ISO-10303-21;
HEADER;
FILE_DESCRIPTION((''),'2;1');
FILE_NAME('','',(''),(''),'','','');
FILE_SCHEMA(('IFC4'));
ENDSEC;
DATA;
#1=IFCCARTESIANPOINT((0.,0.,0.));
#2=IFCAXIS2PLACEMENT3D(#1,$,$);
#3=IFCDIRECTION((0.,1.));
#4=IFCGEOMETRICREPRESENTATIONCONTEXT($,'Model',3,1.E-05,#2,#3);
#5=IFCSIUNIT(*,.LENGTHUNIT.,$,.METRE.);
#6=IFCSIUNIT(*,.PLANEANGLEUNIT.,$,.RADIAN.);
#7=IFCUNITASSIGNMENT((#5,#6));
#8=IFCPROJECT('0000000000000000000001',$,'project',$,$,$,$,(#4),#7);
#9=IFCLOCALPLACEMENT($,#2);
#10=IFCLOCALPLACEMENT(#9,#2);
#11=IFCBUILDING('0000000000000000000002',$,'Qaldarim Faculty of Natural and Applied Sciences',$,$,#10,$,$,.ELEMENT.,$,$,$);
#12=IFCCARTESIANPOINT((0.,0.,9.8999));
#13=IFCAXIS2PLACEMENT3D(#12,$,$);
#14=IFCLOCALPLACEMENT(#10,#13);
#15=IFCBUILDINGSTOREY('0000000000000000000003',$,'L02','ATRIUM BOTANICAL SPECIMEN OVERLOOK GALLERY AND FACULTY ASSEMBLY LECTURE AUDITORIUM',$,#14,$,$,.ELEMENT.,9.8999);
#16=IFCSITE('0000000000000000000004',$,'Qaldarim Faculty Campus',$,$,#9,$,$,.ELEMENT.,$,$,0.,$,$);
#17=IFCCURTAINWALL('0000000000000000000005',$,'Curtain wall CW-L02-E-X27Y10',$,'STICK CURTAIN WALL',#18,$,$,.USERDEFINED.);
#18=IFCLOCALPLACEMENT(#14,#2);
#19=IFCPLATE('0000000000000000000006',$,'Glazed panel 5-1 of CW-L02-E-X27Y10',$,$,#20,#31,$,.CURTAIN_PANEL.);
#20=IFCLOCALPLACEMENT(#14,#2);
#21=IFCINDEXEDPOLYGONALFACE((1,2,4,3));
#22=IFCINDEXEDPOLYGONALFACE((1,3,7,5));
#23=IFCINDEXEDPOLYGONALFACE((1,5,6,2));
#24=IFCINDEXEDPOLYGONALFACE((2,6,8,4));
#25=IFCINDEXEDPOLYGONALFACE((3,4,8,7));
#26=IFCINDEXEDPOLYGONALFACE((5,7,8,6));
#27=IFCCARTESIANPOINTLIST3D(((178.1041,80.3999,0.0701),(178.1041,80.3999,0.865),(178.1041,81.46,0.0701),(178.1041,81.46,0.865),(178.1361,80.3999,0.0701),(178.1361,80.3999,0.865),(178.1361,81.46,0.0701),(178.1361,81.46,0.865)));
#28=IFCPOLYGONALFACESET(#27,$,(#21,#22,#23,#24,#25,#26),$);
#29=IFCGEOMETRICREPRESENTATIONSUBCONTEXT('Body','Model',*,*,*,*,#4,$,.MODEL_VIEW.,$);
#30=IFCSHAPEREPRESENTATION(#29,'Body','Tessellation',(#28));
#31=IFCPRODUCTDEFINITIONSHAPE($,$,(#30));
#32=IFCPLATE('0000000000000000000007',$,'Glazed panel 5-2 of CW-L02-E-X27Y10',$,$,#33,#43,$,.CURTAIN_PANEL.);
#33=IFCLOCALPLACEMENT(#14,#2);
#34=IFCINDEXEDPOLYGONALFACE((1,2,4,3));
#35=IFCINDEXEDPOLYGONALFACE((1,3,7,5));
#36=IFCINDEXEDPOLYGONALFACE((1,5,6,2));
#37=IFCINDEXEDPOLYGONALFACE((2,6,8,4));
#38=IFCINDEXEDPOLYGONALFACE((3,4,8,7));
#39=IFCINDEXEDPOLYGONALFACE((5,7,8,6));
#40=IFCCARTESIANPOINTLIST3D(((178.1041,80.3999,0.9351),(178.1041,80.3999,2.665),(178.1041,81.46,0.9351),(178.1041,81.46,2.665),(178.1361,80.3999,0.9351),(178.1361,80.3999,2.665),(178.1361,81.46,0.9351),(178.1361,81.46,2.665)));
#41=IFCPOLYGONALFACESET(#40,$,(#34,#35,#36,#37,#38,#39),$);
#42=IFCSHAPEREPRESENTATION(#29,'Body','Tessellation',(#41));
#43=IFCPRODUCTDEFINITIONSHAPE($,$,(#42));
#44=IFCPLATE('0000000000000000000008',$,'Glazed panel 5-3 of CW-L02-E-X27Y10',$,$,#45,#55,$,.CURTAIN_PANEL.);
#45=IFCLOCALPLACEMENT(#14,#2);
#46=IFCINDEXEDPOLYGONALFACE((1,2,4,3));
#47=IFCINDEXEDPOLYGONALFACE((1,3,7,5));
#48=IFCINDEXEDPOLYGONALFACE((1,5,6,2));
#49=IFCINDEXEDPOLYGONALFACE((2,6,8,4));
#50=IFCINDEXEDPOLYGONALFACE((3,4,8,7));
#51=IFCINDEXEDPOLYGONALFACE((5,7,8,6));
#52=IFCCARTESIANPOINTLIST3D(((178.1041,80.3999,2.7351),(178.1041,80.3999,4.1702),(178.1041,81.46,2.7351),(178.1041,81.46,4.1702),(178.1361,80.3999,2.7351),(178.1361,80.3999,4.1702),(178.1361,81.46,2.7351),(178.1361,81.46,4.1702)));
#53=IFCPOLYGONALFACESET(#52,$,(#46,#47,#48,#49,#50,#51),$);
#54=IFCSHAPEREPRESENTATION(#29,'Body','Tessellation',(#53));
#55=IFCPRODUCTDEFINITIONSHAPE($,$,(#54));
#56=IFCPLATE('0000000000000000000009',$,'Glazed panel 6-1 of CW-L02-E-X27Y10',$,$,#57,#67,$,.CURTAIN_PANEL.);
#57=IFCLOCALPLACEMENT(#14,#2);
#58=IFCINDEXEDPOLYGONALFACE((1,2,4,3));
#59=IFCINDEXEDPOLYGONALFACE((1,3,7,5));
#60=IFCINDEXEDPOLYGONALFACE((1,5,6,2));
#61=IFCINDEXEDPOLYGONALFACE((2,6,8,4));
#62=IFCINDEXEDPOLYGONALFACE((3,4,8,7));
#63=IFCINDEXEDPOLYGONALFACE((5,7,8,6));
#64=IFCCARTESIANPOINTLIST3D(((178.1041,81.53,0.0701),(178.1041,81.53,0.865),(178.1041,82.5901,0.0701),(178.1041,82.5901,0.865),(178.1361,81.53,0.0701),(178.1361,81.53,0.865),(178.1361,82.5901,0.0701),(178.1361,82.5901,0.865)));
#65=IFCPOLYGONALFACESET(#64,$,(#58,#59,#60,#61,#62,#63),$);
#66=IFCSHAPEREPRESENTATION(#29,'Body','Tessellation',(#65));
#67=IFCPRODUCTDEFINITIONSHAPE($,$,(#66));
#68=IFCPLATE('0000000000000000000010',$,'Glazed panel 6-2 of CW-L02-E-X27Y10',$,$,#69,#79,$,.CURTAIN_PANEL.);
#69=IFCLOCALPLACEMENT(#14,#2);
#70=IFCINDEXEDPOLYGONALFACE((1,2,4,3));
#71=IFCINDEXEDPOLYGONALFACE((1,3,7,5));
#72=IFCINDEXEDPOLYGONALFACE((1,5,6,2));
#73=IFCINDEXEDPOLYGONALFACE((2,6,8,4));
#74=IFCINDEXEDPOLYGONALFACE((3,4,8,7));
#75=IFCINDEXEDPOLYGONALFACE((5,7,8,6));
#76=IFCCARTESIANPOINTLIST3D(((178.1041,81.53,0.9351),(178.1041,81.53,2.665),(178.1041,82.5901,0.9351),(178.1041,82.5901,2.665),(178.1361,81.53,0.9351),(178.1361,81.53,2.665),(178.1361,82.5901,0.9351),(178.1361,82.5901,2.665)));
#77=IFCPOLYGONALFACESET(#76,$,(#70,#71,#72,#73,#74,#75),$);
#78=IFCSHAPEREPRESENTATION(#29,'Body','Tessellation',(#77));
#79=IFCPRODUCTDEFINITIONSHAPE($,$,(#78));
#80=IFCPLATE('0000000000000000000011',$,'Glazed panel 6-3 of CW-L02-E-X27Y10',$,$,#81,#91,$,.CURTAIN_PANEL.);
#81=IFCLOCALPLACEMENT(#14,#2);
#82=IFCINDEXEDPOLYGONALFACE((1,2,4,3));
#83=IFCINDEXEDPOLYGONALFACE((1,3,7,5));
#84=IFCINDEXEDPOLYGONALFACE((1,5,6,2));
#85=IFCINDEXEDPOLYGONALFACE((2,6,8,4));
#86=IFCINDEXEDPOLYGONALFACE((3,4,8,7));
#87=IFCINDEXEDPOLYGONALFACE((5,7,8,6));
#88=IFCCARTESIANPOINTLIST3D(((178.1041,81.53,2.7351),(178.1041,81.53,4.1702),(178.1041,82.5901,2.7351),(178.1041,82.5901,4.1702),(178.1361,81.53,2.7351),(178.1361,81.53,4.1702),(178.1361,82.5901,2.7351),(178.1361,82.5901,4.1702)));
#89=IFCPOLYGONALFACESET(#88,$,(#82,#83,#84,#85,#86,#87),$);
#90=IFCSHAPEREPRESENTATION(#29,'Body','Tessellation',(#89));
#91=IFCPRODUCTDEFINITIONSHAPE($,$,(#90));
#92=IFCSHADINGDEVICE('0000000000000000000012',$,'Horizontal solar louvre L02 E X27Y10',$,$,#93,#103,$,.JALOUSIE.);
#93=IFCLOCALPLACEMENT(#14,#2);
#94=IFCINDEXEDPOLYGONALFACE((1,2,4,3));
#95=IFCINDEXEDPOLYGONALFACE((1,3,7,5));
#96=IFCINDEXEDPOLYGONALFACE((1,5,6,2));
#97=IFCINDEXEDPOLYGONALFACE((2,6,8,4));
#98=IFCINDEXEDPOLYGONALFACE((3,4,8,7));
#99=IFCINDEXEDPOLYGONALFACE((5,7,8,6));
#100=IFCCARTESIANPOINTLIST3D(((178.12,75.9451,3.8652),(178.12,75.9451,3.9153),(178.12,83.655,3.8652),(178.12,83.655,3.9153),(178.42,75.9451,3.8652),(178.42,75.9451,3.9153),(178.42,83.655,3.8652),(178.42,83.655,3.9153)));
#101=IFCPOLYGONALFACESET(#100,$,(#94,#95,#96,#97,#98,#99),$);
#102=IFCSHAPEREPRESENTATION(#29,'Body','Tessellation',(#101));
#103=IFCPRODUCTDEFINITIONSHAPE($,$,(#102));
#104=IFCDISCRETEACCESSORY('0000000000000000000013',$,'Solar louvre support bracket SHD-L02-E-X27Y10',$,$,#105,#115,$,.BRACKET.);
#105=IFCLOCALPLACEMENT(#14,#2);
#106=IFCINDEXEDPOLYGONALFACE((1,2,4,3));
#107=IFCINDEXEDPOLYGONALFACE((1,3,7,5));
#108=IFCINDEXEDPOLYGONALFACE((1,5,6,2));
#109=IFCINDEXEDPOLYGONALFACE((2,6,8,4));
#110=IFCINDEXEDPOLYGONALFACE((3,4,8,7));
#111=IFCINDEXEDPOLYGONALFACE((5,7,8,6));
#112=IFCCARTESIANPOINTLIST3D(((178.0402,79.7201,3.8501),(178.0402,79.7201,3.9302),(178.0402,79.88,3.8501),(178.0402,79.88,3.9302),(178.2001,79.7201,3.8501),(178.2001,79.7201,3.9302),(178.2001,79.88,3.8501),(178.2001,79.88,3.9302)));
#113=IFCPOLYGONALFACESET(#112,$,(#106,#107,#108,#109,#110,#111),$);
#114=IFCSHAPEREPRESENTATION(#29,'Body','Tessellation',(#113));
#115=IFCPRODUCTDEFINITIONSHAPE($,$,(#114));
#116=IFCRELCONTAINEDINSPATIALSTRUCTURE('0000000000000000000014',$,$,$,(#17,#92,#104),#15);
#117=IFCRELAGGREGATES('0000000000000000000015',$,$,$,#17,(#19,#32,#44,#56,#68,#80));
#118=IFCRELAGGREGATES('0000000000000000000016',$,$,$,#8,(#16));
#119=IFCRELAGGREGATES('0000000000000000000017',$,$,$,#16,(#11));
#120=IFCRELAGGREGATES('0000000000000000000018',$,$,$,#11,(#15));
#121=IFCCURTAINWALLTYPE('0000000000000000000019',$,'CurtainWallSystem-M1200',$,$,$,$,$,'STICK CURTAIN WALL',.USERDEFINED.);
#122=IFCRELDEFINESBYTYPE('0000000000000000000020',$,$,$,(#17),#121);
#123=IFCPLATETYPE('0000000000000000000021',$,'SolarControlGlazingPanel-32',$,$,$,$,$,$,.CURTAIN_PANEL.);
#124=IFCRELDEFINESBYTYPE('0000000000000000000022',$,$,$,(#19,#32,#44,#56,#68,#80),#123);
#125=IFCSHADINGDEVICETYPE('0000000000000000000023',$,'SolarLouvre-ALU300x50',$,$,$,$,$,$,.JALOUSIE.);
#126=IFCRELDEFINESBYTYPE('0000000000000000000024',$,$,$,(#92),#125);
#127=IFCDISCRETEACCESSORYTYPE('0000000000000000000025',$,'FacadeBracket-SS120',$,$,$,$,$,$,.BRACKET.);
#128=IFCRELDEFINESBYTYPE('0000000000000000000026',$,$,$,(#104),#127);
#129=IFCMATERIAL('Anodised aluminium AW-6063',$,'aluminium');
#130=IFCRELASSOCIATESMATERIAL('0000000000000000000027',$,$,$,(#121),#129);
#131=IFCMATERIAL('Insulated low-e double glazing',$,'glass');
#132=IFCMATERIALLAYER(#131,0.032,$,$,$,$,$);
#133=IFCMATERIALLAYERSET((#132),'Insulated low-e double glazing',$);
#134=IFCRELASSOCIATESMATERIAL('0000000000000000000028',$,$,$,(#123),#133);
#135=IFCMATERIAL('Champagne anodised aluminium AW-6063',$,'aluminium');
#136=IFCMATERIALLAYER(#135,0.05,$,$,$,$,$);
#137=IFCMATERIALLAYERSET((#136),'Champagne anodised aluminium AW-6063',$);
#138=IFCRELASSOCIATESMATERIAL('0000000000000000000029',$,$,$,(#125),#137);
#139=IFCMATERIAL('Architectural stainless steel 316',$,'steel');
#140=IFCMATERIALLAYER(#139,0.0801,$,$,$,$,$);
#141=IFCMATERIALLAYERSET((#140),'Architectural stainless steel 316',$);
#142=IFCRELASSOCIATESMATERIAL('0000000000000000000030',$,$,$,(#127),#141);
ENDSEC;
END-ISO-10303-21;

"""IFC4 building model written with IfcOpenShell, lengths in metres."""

from ifc_helpers import new_model, si_unit, direction, frame, origin, origin_2d, place, context, subcontext, project, spatial, rectangle, extrude, material, layer, layer_set, type_object, element, aggregate, save


model = new_model("IFC4")

# Units and contexts
model_context = context("Model", 3, precision=1e-05, world=origin(), true_north=direction((0.0, 1.0)))
body_context = subcontext(model_context, "Body", "Model", "MODEL_VIEW")
ifc_project = project(units=[si_unit("LENGTHUNIT", "METRE"), si_unit("PLANEANGLEUNIT", "RADIAN")], contexts=[model_context])

# Site, building, storey
site_placement = place(None, origin())
site = spatial("IfcSite", under=ifc_project, at=site_placement, Name="Qaldarim Faculty Campus", CompositionType="ELEMENT", RefElevation=0.0)
building_placement = place(site_placement, origin())
building = spatial("IfcBuilding", under=site, at=building_placement, Name="Qaldarim Faculty of Natural and Applied Sciences", CompositionType="ELEMENT")
storey_placement = place(building_placement, frame((0.0, 0.0, 9.8999)))
storey = spatial("IfcBuildingStorey", under=building, at=storey_placement, Name="L02", Description="ATRIUM BOTANICAL SPECIMEN OVERLOOK GALLERY AND FACULTY ASSEMBLY LECTURE AUDITORIUM", CompositionType="ELEMENT", Elevation=9.8999)

# Curtain wall, plates
ifc_material_1 = material(Name="Anodised aluminium AW-6063", Category="aluminium")
curtain_wall_type = type_object("IfcCurtainWallType", Name="CurtainWallSystem-M1200", ElementType="STICK CURTAIN WALL", PredefinedType="USERDEFINED", material=ifc_material_1)
curtain_wall_placement = place(storey_placement, origin())
curtain_wall = element("IfcCurtainWall", 1, at=curtain_wall_placement, inside=storey, type_object=curtain_wall_type, Name="Curtain wall CW-L02-E-X27Y10", ObjectType="STICK CURTAIN WALL", PredefinedType="USERDEFINED")
ifc_material_2 = material(Name="Insulated low-e double glazing", Category="glass")
ifc_layer_1 = layer(ifc_material_2, 0.032)
ifc_layer_set_1 = layer_set([ifc_layer_1], Name="Insulated low-e double glazing")
plate_type = type_object("IfcPlateType", Name="SolarControlGlazingPanel-32", PredefinedType="CURTAIN_PANEL", material=ifc_layer_set_1)
plate_1_placement = place(storey_placement, frame((178.1201, 80.9299, 0.0701), z_axis=(0.0, 0.0, 1.0), x_axis=(0.0, 1.0, 0.0)))
plate_1 = element("IfcPlate", 2, at=plate_1_placement, type_object=plate_type, Name="Glazed panel 5-1 of CW-L02-E-X27Y10", PredefinedType="CURTAIN_PANEL", context=body_context, shape_type="SweptSolid", body=[
    extrude(rectangle(XDim=1.0601, YDim=0.032, at=origin_2d()), origin(), (0.0, 0.0, 1.0), 0.7949),
])
plate_2_placement = place(storey_placement, frame((178.1201, 80.9299, 0.9351), z_axis=(0.0, 0.0, 1.0), x_axis=(0.0, 1.0, 0.0)))
plate_2 = element("IfcPlate", 3, at=plate_2_placement, type_object=plate_type, Name="Glazed panel 5-2 of CW-L02-E-X27Y10", PredefinedType="CURTAIN_PANEL", context=body_context, shape_type="SweptSolid", body=[
    extrude(rectangle(XDim=1.0601, YDim=0.032, at=origin_2d()), origin(), (0.0, 0.0, 1.0), 1.73),
])
plate_3_placement = place(storey_placement, frame((178.1201, 80.9299, 2.7351), z_axis=(0.0, 0.0, 1.0), x_axis=(0.0, 1.0, 0.0)))
plate_3 = element("IfcPlate", 4, at=plate_3_placement, type_object=plate_type, Name="Glazed panel 5-3 of CW-L02-E-X27Y10", PredefinedType="CURTAIN_PANEL", context=body_context, shape_type="SweptSolid", body=[
    extrude(rectangle(XDim=1.0601, YDim=0.032, at=origin_2d()), origin(), (0.0, 0.0, 1.0), 1.4351),
])
plate_4_placement = place(storey_placement, frame((178.1201, 82.0601, 0.0701), z_axis=(0.0, 0.0, 1.0), x_axis=(0.0, 1.0, 0.0)))
plate_4 = element("IfcPlate", 5, at=plate_4_placement, type_object=plate_type, Name="Glazed panel 6-1 of CW-L02-E-X27Y10", PredefinedType="CURTAIN_PANEL", context=body_context, shape_type="SweptSolid", body=[
    extrude(rectangle(XDim=1.0601, YDim=0.032, at=origin_2d()), origin(), (0.0, 0.0, 1.0), 0.7949),
])
plate_5_placement = place(storey_placement, frame((178.1201, 82.0601, 0.9351), z_axis=(0.0, 0.0, 1.0), x_axis=(0.0, 1.0, 0.0)))
plate_5 = element("IfcPlate", 6, at=plate_5_placement, type_object=plate_type, Name="Glazed panel 6-2 of CW-L02-E-X27Y10", PredefinedType="CURTAIN_PANEL", context=body_context, shape_type="SweptSolid", body=[
    extrude(rectangle(XDim=1.0601, YDim=0.032, at=origin_2d()), origin(), (0.0, 0.0, 1.0), 1.73),
])
plate_6_placement = place(storey_placement, frame((178.1201, 82.0601, 2.7351), z_axis=(0.0, 0.0, 1.0), x_axis=(0.0, 1.0, 0.0)))
plate_6 = element("IfcPlate", 7, at=plate_6_placement, type_object=plate_type, Name="Glazed panel 6-3 of CW-L02-E-X27Y10", PredefinedType="CURTAIN_PANEL", context=body_context, shape_type="SweptSolid", body=[
    extrude(rectangle(XDim=1.0601, YDim=0.032, at=origin_2d()), origin(), (0.0, 0.0, 1.0), 1.4351),
])
aggregate(curtain_wall, [plate_1, plate_2, plate_3, plate_4, plate_5, plate_6])

# Shading device
ifc_material_3 = material(Name="Champagne anodised aluminium AW-6063", Category="aluminium")
ifc_layer_2 = layer(ifc_material_3, 0.05)
ifc_layer_set_2 = layer_set([ifc_layer_2], Name="Champagne anodised aluminium AW-6063")
shading_device_type = type_object("IfcShadingDeviceType", Name="SolarLouvre-ALU300x50", PredefinedType="JALOUSIE", material=ifc_layer_set_2)
shading_device_placement = place(storey_placement, frame((178.27, 79.8, 3.8652), z_axis=(0.0, 0.0, 1.0), x_axis=(0.0, 1.0, 0.0)))
element("IfcShadingDevice", 8, at=shading_device_placement, inside=storey, type_object=shading_device_type, Name="Horizontal solar louvre L02 E X27Y10", PredefinedType="JALOUSIE", context=body_context, shape_type="SweptSolid", body=[
    extrude(rectangle(XDim=7.71, YDim=0.3, at=origin_2d()), origin(), (0.0, 0.0, 1.0), 0.05),
])

# Discrete accessory
ifc_material_4 = material(Name="Architectural stainless steel 316", Category="steel")
ifc_layer_3 = layer(ifc_material_4, 0.0801)
ifc_layer_set_3 = layer_set([ifc_layer_3], Name="Architectural stainless steel 316")
discrete_accessory_type = type_object("IfcDiscreteAccessoryType", Name="FacadeBracket-SS120", PredefinedType="BRACKET", material=ifc_layer_set_3)
discrete_accessory_placement = place(storey_placement, frame((178.1201, 79.8, 3.8501), z_axis=(0.0, 0.0, 1.0), x_axis=(0.0, 1.0, 0.0)))
element("IfcDiscreteAccessory", 9, at=discrete_accessory_placement, inside=storey, type_object=discrete_accessory_type, Name="Solar louvre support bracket SHD-L02-E-X27Y10", PredefinedType="BRACKET", context=body_context, shape_type="SweptSolid", body=[
    extrude(rectangle(XDim=0.1599, YDim=0.1599, at=origin_2d()), origin(), (0.0, 0.0, 1.0), 0.0801),
])

save(model, "model.ifc")
